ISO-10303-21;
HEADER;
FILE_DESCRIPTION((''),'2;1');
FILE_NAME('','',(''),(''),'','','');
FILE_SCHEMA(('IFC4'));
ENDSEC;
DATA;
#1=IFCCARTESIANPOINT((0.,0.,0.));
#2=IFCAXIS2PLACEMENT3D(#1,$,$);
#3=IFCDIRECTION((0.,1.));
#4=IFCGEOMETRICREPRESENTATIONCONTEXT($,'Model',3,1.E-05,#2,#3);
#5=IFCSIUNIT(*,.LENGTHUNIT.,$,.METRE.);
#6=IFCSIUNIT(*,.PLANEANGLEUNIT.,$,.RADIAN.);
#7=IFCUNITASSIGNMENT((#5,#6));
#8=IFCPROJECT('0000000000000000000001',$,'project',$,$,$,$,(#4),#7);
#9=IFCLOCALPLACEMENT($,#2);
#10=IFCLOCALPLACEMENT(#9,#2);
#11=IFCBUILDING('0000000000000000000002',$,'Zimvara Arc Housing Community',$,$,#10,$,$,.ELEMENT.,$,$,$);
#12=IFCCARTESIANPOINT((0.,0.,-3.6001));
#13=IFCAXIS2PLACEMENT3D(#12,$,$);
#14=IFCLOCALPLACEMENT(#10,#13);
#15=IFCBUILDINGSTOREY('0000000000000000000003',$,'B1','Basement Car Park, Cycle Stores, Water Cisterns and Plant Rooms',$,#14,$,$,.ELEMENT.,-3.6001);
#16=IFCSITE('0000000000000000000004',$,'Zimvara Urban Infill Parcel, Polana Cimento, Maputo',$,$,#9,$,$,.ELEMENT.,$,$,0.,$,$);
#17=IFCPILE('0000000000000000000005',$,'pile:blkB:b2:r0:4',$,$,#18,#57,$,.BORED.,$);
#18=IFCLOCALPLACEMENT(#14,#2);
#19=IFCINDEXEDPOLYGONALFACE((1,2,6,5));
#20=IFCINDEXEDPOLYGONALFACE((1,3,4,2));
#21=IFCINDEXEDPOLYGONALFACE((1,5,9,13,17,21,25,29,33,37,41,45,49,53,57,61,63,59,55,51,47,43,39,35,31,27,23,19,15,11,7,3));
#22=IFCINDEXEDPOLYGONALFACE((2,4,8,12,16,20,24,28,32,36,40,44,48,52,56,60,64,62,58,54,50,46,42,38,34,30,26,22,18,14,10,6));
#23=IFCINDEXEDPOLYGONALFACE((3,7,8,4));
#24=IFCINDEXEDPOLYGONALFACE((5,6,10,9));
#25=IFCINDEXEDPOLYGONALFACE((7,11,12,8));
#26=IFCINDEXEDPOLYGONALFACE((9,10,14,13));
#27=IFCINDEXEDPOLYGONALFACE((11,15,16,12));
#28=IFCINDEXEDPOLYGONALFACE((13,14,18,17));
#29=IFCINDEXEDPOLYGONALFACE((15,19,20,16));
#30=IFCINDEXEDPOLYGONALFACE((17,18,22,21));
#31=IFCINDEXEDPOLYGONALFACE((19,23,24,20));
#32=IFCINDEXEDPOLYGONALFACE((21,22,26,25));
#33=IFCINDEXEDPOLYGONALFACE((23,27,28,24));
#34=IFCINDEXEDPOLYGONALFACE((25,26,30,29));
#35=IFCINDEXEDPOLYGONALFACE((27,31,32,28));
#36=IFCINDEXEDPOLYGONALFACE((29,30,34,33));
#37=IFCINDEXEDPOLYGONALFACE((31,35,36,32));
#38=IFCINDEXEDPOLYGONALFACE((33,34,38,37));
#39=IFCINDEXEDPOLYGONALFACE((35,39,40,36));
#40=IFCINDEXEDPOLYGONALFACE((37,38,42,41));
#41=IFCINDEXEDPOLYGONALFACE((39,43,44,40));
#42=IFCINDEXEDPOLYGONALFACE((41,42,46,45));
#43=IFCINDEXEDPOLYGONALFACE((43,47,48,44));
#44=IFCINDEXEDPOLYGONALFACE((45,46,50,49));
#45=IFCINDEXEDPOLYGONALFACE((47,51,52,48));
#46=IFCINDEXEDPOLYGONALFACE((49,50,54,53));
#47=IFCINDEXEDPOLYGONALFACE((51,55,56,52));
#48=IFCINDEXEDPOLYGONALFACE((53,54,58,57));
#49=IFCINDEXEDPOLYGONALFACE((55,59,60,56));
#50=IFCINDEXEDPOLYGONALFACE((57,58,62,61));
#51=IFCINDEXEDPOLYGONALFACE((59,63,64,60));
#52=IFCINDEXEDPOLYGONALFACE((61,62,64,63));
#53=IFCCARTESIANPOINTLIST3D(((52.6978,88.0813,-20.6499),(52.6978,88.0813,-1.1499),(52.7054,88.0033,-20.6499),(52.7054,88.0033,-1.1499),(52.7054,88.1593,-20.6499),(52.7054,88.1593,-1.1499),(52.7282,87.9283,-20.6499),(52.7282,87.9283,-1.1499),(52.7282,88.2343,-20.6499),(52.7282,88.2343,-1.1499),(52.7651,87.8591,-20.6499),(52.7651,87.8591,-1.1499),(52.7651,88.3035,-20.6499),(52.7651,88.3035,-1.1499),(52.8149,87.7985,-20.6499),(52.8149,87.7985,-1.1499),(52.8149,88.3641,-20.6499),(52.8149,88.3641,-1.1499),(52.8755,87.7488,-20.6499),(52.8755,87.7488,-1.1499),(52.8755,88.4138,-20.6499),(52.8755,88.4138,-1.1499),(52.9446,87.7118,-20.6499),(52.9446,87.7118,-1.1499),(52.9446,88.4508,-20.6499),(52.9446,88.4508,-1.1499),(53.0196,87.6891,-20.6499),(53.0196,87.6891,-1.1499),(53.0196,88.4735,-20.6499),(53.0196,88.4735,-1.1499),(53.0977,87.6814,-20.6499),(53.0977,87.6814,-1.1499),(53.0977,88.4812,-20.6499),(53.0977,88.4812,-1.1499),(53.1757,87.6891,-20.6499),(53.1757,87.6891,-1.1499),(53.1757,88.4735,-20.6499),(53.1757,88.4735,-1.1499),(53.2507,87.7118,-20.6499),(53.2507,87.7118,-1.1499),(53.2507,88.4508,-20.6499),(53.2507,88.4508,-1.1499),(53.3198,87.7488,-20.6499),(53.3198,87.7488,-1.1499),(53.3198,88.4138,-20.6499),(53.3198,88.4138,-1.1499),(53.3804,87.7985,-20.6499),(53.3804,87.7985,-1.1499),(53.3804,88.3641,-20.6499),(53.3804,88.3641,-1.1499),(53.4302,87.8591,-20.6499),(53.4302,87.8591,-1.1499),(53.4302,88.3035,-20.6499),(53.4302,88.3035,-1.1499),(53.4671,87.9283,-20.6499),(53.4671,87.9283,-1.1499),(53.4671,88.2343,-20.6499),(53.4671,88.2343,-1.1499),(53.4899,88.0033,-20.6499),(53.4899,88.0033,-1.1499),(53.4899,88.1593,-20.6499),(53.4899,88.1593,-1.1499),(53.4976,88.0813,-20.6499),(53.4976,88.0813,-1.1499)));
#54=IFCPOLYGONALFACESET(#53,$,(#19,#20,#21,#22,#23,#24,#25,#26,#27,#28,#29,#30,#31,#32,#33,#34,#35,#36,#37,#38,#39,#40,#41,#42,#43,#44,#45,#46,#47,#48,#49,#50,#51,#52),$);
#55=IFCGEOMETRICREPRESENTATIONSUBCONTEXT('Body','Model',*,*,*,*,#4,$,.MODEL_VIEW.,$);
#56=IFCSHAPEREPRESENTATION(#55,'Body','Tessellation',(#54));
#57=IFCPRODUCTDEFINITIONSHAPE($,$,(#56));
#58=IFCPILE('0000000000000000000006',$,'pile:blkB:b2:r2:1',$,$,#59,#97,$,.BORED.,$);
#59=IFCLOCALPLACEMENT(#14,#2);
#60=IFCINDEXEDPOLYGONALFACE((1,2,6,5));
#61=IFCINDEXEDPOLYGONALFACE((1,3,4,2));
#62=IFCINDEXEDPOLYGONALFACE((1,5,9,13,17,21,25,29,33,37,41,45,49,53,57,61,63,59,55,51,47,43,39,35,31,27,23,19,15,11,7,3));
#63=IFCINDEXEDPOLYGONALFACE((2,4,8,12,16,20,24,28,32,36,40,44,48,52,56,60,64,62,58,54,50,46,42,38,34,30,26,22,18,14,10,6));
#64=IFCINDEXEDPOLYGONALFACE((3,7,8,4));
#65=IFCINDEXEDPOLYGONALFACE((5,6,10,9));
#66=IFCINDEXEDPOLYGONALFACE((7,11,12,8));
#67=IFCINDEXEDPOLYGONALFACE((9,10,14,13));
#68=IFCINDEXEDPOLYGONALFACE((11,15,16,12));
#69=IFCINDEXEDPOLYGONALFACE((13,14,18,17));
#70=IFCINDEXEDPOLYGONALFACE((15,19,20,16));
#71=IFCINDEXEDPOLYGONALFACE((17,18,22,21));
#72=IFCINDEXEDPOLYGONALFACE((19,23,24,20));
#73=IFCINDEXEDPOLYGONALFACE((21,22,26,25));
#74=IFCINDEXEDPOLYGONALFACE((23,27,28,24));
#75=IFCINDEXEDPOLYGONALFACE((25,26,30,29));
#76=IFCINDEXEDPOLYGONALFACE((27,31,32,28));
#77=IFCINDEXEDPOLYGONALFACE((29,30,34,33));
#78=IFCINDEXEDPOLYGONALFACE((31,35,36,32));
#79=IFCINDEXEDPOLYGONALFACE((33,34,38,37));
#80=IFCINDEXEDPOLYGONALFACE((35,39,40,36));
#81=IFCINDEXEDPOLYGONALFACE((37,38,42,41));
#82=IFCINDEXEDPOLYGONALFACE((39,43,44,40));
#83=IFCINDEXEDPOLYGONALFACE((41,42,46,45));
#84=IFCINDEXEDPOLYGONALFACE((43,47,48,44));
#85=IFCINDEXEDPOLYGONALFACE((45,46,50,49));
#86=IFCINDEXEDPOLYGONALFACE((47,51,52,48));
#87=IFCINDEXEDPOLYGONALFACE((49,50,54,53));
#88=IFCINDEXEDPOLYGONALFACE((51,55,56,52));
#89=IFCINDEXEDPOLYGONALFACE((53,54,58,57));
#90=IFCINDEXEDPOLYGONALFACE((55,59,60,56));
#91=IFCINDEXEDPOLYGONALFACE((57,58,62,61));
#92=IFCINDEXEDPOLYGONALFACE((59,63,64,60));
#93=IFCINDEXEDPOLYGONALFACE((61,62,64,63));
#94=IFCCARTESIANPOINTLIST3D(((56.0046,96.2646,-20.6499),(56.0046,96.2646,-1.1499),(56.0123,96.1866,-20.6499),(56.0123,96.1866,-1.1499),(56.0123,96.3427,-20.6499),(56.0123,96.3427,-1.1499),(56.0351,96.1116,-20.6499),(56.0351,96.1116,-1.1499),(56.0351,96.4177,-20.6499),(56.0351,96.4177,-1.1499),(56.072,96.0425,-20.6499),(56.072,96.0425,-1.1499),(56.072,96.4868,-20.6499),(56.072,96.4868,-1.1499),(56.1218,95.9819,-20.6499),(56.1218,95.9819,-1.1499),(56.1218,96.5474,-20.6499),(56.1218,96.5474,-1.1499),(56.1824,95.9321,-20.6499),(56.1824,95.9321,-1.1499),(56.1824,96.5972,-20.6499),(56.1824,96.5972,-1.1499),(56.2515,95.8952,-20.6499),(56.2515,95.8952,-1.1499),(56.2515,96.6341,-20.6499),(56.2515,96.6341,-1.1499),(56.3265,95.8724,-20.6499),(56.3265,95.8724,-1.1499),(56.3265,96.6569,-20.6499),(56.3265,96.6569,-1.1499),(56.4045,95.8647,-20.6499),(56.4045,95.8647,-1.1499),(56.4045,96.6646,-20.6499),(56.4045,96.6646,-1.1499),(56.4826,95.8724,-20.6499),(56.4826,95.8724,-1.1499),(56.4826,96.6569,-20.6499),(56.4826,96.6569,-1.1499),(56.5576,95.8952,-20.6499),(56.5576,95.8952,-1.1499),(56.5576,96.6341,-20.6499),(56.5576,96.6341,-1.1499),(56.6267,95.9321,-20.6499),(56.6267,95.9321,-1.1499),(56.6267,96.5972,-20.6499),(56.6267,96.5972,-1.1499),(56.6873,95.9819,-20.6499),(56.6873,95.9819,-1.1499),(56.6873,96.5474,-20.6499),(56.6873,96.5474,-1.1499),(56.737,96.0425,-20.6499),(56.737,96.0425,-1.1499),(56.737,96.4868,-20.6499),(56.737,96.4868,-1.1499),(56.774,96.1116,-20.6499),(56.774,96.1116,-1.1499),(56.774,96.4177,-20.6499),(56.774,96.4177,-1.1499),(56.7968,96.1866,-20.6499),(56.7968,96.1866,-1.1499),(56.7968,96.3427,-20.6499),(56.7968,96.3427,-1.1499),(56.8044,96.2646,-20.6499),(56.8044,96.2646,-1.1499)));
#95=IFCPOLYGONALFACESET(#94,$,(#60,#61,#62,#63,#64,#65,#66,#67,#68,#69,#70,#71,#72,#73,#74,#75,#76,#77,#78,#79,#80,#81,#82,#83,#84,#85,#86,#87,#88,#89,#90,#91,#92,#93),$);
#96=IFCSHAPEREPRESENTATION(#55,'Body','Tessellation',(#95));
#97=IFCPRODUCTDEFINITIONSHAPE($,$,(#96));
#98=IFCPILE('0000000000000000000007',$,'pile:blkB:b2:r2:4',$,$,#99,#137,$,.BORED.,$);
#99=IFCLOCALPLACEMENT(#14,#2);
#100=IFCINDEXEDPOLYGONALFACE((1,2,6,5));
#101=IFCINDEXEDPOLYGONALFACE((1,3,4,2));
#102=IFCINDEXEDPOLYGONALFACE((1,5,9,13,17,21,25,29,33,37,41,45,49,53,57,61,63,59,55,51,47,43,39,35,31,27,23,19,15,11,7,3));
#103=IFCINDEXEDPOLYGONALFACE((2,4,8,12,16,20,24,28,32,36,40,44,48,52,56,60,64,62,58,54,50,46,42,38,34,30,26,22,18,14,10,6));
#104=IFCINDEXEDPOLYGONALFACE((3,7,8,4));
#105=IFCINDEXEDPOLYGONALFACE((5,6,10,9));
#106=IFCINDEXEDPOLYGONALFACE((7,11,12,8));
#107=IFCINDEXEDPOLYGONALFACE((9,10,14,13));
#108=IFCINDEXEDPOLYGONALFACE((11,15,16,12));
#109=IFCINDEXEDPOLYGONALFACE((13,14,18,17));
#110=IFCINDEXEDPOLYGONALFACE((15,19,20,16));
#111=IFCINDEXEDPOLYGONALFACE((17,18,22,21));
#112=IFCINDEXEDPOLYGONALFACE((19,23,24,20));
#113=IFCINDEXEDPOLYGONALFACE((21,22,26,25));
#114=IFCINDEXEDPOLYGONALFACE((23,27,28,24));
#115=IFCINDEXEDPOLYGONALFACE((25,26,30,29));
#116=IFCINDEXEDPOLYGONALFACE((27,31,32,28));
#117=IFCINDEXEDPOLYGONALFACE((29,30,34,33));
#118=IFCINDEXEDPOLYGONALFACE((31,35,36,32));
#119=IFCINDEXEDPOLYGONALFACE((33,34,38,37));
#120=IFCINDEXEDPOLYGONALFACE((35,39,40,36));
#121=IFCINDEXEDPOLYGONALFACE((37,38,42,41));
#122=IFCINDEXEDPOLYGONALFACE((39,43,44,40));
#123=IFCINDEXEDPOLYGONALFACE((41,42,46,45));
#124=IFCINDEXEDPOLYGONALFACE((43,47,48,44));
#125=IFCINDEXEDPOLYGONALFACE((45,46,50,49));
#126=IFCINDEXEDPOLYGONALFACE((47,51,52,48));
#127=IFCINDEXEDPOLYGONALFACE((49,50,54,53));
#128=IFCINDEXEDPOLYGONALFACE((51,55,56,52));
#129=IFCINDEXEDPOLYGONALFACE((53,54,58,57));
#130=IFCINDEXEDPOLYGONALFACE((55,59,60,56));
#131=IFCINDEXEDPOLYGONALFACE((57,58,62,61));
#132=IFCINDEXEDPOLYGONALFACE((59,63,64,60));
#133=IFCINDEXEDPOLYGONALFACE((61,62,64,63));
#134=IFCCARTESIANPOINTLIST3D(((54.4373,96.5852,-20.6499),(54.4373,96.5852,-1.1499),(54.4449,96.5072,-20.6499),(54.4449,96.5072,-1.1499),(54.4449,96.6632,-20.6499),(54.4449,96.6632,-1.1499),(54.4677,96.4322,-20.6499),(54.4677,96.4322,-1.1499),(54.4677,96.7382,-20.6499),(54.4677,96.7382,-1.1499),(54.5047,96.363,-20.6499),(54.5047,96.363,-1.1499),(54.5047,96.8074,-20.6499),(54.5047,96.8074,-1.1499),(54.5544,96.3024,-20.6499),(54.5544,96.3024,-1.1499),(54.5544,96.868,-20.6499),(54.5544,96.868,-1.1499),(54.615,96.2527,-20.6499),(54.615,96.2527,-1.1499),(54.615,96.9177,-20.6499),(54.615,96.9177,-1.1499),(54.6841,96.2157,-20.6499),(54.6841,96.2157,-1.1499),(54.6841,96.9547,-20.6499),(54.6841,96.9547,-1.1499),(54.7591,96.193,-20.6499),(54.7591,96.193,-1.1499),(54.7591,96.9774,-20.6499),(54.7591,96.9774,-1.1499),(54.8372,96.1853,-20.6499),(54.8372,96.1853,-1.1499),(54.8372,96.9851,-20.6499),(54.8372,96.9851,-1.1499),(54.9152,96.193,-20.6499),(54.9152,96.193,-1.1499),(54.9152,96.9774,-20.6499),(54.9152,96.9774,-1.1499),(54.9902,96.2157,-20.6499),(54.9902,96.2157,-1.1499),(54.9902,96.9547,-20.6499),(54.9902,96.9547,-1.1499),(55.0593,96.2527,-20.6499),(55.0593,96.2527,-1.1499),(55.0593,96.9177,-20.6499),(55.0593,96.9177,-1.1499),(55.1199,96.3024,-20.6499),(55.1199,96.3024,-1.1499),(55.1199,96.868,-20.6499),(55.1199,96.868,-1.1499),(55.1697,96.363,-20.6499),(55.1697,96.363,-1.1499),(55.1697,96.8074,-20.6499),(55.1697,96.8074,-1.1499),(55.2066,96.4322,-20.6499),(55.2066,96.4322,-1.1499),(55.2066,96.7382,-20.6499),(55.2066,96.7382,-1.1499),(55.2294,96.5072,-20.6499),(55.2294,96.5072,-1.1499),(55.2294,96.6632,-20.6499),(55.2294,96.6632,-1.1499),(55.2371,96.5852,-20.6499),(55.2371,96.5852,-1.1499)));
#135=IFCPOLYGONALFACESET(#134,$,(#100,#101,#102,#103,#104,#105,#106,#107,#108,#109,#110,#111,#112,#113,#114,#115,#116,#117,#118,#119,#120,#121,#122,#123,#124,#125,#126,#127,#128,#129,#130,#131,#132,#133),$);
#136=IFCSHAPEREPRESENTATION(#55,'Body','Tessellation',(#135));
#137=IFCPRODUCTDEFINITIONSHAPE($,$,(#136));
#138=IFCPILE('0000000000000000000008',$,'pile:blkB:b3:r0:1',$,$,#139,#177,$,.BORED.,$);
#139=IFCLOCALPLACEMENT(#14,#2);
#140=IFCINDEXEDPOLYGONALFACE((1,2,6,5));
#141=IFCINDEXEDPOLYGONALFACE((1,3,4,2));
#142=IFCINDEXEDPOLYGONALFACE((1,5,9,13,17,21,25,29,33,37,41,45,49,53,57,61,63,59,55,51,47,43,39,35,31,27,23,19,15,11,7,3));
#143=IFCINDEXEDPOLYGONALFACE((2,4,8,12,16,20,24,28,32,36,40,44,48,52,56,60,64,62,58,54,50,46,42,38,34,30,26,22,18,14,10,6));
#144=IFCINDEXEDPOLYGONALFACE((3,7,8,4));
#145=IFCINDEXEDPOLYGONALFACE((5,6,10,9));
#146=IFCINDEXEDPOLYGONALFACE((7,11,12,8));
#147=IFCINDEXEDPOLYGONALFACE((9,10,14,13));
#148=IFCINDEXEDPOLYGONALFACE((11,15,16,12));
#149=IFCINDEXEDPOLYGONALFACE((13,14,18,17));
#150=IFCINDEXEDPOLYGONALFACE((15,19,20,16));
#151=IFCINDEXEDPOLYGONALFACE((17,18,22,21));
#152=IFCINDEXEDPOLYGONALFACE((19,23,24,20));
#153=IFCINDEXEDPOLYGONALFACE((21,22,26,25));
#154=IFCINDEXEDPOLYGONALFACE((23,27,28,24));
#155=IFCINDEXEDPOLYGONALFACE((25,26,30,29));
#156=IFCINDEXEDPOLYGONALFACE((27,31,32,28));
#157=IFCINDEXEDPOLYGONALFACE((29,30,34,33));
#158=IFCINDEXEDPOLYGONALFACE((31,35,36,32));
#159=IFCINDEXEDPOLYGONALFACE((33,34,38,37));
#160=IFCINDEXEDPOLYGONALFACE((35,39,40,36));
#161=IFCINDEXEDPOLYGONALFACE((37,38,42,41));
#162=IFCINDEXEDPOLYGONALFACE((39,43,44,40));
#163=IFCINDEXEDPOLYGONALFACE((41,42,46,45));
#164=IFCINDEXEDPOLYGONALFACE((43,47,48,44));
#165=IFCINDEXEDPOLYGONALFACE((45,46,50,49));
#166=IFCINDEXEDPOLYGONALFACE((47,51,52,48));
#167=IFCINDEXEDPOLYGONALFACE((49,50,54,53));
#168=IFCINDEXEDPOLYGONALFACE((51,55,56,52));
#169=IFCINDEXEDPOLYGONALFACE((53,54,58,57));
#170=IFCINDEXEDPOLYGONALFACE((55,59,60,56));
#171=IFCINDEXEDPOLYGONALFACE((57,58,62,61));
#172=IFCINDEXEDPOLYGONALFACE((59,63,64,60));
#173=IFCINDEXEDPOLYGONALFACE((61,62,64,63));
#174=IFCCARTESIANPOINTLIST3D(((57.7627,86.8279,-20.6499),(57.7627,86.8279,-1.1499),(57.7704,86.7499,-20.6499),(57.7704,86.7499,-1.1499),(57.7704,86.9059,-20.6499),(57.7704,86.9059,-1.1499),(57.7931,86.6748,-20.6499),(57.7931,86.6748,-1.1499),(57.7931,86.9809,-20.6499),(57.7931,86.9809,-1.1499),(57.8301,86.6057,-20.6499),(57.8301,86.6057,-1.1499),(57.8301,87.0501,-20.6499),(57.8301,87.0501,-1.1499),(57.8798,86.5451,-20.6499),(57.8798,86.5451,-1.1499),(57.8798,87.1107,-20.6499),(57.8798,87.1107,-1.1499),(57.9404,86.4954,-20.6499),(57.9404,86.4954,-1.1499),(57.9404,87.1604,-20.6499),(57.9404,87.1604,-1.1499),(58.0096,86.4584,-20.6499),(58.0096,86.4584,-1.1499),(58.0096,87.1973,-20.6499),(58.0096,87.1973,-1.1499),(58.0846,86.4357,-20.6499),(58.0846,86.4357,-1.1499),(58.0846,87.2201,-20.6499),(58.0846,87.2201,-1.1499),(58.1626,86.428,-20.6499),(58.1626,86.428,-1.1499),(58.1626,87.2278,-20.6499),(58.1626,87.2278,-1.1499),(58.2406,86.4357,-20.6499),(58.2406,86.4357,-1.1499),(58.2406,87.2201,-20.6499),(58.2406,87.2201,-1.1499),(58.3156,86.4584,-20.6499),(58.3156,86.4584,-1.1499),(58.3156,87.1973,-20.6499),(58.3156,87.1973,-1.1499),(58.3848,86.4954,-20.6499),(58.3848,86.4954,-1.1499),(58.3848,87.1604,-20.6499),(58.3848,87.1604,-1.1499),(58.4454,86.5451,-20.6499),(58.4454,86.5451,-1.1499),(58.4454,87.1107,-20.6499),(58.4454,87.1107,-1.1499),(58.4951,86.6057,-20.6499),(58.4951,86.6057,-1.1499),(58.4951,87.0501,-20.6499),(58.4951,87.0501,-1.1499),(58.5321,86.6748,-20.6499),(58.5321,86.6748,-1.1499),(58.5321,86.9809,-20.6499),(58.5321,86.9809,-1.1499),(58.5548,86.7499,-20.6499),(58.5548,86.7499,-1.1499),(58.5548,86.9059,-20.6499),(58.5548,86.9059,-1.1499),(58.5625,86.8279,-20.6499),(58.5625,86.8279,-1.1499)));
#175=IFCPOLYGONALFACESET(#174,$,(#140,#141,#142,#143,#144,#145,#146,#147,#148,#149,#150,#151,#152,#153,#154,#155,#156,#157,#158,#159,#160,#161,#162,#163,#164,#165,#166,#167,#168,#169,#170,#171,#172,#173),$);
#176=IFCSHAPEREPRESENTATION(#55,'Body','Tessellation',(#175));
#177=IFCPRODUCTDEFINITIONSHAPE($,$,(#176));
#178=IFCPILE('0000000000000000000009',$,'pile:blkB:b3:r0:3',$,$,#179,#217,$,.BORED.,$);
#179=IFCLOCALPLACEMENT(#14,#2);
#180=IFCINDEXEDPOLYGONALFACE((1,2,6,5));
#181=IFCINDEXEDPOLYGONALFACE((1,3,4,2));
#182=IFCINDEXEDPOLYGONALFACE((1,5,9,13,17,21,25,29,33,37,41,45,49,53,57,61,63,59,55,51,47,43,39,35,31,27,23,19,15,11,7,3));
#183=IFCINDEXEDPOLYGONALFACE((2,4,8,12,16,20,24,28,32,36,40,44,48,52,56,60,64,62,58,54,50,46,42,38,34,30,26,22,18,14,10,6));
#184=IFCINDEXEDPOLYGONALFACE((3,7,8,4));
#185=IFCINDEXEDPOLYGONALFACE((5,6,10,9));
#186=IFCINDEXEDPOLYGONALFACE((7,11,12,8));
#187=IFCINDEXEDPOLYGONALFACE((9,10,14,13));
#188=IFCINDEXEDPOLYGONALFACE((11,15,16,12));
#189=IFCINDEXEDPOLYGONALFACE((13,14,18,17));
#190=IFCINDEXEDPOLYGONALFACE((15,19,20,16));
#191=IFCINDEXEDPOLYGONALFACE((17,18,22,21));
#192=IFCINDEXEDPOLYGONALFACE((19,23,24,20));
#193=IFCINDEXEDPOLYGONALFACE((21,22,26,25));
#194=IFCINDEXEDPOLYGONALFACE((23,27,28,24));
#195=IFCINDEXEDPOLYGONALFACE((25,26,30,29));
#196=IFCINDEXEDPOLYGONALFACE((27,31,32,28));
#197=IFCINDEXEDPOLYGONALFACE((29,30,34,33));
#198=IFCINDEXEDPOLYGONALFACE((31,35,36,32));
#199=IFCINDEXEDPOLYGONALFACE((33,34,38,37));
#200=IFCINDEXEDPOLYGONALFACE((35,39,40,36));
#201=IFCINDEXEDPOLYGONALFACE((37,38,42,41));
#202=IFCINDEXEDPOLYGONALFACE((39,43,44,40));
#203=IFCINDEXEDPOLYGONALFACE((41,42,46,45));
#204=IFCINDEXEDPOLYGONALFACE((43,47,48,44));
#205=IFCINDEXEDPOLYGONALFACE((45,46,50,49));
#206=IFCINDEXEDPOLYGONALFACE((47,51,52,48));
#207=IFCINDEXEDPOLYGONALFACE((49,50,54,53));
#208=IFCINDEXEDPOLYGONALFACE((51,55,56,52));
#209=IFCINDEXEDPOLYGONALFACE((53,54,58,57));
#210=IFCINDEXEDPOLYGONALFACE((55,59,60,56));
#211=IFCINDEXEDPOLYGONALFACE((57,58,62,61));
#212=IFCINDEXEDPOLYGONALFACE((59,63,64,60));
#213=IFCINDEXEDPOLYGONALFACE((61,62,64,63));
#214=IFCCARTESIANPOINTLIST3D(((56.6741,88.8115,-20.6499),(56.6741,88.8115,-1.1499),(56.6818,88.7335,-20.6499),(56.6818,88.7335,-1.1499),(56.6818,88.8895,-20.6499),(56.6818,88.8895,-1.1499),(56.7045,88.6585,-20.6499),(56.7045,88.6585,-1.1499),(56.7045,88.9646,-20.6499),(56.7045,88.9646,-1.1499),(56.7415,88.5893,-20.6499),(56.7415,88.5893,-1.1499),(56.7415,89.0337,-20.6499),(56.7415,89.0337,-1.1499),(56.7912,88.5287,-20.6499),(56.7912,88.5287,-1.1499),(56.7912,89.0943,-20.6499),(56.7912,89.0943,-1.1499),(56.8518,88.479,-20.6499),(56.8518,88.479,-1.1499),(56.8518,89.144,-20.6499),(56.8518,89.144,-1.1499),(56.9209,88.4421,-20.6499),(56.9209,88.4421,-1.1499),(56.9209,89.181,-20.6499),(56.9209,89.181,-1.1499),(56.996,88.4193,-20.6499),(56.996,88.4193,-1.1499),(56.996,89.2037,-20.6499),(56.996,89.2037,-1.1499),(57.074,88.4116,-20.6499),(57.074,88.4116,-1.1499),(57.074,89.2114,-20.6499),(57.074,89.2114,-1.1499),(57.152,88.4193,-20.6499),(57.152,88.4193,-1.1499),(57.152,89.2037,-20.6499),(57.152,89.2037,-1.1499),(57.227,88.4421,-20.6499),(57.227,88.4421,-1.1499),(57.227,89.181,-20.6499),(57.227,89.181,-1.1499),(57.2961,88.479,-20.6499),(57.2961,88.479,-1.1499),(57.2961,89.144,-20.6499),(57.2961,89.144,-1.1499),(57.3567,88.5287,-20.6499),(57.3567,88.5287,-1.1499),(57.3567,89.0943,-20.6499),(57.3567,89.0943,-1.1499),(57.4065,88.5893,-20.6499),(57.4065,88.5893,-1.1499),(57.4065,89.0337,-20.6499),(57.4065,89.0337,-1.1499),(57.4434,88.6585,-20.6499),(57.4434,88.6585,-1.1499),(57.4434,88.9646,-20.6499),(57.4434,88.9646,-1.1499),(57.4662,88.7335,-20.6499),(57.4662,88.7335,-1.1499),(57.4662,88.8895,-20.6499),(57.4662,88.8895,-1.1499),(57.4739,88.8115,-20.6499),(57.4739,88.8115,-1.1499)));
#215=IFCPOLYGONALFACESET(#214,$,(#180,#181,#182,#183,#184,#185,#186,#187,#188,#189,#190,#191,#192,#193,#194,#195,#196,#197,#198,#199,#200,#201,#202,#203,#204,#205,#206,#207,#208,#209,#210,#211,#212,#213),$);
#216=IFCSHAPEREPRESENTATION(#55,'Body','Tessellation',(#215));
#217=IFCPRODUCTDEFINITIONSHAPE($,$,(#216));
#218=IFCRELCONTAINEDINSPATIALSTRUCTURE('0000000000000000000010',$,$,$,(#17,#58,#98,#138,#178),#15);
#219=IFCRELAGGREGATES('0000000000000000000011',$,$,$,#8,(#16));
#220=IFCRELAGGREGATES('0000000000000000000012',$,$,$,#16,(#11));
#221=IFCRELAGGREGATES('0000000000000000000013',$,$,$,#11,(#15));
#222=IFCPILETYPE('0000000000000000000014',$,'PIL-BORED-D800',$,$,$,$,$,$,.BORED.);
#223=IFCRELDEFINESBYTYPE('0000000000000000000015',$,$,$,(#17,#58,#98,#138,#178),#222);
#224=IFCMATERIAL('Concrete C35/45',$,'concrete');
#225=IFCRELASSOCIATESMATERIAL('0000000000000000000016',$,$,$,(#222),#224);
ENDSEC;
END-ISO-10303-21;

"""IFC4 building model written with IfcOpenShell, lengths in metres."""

from ifc_helpers import new_model, si_unit, direction, frame, origin, origin_2d, place, context, subcontext, project, spatial, circle, extrude, material, material_profile, profile_set, type_object, element, save


model = new_model("IFC4")

# Units and contexts
model_context = context("Model", 3, precision=1e-05, world=origin(), true_north=direction((0.0, 1.0)))
body_context = subcontext(model_context, "Body", "Model", "MODEL_VIEW")
ifc_project = project(units=[si_unit("LENGTHUNIT", "METRE"), si_unit("PLANEANGLEUNIT", "RADIAN")], contexts=[model_context])

# Site, building, storey
site_placement = place(None, origin())
site = spatial("IfcSite", under=ifc_project, at=site_placement, Name="Zimvara Urban Infill Parcel, Polana Cimento, Maputo", CompositionType="ELEMENT", RefElevation=0.0)
building_placement = place(site_placement, origin())
building = spatial("IfcBuilding", under=site, at=building_placement, Name="Zimvara Arc Housing Community", CompositionType="ELEMENT")
storey_placement = place(building_placement, frame((0.0, 0.0, -3.6001)))
storey = spatial("IfcBuildingStorey", under=building, at=storey_placement, Name="B1", Description="Basement Car Park, Cycle Stores, Water Cisterns and Plant Rooms", CompositionType="ELEMENT", Elevation=-3.6001)

# Piles
ifc_material_1 = material(Name="Concrete C35/45", Category="concrete")
ifc_material_profile_1 = material_profile(ifc_material_1, circle(Radius=0.3999, at=origin_2d()), Name="PILE D800")
ifc_profile_set_1 = profile_set([ifc_material_profile_1], Name="Concrete C35/45")
pile_type = type_object("IfcPileType", Name="PIL-BORED-D800", PredefinedType="BORED", material=ifc_profile_set_1)
for number, where, z_axis, x_axis, name in (
    (1, (53.0977, 88.0813, -1.1499), (0.0, 0.0, -1.0), (1.0, 0.0, 0.0), "pile:blkB:b2:r0:4"),
    (2, (56.4045, 96.2646, -1.1499), (0.0, 0.0, -1.0), (1.0, 0.0, 0.0), "pile:blkB:b2:r2:1"),
    (3, (54.8372, 96.5852, -1.1499), (0.0, 0.0, -1.0), (1.0, 0.0, 0.0), "pile:blkB:b2:r2:4"),
    (4, (58.1626, 86.8279, -1.1499), (0.0, 0.0, -1.0), (1.0, 0.0, 0.0), "pile:blkB:b3:r0:1"),
    (5, (57.074, 88.8115, -1.1499), (0.0, 0.0, -1.0), (1.0, 0.0, 0.0), "pile:blkB:b3:r0:3"),
):
    element("IfcPile", number, at=place(storey_placement, frame(where, z_axis=z_axis, x_axis=x_axis)), inside=storey, type_object=pile_type, Name=name, PredefinedType="BORED", context=body_context, shape_type="SweptSolid", body=[
        extrude(circle(Radius=0.3999, at=origin_2d()), origin(), (0.0, 0.0, 1.0), 19.5),
    ])

save(model, "model.ifc")
